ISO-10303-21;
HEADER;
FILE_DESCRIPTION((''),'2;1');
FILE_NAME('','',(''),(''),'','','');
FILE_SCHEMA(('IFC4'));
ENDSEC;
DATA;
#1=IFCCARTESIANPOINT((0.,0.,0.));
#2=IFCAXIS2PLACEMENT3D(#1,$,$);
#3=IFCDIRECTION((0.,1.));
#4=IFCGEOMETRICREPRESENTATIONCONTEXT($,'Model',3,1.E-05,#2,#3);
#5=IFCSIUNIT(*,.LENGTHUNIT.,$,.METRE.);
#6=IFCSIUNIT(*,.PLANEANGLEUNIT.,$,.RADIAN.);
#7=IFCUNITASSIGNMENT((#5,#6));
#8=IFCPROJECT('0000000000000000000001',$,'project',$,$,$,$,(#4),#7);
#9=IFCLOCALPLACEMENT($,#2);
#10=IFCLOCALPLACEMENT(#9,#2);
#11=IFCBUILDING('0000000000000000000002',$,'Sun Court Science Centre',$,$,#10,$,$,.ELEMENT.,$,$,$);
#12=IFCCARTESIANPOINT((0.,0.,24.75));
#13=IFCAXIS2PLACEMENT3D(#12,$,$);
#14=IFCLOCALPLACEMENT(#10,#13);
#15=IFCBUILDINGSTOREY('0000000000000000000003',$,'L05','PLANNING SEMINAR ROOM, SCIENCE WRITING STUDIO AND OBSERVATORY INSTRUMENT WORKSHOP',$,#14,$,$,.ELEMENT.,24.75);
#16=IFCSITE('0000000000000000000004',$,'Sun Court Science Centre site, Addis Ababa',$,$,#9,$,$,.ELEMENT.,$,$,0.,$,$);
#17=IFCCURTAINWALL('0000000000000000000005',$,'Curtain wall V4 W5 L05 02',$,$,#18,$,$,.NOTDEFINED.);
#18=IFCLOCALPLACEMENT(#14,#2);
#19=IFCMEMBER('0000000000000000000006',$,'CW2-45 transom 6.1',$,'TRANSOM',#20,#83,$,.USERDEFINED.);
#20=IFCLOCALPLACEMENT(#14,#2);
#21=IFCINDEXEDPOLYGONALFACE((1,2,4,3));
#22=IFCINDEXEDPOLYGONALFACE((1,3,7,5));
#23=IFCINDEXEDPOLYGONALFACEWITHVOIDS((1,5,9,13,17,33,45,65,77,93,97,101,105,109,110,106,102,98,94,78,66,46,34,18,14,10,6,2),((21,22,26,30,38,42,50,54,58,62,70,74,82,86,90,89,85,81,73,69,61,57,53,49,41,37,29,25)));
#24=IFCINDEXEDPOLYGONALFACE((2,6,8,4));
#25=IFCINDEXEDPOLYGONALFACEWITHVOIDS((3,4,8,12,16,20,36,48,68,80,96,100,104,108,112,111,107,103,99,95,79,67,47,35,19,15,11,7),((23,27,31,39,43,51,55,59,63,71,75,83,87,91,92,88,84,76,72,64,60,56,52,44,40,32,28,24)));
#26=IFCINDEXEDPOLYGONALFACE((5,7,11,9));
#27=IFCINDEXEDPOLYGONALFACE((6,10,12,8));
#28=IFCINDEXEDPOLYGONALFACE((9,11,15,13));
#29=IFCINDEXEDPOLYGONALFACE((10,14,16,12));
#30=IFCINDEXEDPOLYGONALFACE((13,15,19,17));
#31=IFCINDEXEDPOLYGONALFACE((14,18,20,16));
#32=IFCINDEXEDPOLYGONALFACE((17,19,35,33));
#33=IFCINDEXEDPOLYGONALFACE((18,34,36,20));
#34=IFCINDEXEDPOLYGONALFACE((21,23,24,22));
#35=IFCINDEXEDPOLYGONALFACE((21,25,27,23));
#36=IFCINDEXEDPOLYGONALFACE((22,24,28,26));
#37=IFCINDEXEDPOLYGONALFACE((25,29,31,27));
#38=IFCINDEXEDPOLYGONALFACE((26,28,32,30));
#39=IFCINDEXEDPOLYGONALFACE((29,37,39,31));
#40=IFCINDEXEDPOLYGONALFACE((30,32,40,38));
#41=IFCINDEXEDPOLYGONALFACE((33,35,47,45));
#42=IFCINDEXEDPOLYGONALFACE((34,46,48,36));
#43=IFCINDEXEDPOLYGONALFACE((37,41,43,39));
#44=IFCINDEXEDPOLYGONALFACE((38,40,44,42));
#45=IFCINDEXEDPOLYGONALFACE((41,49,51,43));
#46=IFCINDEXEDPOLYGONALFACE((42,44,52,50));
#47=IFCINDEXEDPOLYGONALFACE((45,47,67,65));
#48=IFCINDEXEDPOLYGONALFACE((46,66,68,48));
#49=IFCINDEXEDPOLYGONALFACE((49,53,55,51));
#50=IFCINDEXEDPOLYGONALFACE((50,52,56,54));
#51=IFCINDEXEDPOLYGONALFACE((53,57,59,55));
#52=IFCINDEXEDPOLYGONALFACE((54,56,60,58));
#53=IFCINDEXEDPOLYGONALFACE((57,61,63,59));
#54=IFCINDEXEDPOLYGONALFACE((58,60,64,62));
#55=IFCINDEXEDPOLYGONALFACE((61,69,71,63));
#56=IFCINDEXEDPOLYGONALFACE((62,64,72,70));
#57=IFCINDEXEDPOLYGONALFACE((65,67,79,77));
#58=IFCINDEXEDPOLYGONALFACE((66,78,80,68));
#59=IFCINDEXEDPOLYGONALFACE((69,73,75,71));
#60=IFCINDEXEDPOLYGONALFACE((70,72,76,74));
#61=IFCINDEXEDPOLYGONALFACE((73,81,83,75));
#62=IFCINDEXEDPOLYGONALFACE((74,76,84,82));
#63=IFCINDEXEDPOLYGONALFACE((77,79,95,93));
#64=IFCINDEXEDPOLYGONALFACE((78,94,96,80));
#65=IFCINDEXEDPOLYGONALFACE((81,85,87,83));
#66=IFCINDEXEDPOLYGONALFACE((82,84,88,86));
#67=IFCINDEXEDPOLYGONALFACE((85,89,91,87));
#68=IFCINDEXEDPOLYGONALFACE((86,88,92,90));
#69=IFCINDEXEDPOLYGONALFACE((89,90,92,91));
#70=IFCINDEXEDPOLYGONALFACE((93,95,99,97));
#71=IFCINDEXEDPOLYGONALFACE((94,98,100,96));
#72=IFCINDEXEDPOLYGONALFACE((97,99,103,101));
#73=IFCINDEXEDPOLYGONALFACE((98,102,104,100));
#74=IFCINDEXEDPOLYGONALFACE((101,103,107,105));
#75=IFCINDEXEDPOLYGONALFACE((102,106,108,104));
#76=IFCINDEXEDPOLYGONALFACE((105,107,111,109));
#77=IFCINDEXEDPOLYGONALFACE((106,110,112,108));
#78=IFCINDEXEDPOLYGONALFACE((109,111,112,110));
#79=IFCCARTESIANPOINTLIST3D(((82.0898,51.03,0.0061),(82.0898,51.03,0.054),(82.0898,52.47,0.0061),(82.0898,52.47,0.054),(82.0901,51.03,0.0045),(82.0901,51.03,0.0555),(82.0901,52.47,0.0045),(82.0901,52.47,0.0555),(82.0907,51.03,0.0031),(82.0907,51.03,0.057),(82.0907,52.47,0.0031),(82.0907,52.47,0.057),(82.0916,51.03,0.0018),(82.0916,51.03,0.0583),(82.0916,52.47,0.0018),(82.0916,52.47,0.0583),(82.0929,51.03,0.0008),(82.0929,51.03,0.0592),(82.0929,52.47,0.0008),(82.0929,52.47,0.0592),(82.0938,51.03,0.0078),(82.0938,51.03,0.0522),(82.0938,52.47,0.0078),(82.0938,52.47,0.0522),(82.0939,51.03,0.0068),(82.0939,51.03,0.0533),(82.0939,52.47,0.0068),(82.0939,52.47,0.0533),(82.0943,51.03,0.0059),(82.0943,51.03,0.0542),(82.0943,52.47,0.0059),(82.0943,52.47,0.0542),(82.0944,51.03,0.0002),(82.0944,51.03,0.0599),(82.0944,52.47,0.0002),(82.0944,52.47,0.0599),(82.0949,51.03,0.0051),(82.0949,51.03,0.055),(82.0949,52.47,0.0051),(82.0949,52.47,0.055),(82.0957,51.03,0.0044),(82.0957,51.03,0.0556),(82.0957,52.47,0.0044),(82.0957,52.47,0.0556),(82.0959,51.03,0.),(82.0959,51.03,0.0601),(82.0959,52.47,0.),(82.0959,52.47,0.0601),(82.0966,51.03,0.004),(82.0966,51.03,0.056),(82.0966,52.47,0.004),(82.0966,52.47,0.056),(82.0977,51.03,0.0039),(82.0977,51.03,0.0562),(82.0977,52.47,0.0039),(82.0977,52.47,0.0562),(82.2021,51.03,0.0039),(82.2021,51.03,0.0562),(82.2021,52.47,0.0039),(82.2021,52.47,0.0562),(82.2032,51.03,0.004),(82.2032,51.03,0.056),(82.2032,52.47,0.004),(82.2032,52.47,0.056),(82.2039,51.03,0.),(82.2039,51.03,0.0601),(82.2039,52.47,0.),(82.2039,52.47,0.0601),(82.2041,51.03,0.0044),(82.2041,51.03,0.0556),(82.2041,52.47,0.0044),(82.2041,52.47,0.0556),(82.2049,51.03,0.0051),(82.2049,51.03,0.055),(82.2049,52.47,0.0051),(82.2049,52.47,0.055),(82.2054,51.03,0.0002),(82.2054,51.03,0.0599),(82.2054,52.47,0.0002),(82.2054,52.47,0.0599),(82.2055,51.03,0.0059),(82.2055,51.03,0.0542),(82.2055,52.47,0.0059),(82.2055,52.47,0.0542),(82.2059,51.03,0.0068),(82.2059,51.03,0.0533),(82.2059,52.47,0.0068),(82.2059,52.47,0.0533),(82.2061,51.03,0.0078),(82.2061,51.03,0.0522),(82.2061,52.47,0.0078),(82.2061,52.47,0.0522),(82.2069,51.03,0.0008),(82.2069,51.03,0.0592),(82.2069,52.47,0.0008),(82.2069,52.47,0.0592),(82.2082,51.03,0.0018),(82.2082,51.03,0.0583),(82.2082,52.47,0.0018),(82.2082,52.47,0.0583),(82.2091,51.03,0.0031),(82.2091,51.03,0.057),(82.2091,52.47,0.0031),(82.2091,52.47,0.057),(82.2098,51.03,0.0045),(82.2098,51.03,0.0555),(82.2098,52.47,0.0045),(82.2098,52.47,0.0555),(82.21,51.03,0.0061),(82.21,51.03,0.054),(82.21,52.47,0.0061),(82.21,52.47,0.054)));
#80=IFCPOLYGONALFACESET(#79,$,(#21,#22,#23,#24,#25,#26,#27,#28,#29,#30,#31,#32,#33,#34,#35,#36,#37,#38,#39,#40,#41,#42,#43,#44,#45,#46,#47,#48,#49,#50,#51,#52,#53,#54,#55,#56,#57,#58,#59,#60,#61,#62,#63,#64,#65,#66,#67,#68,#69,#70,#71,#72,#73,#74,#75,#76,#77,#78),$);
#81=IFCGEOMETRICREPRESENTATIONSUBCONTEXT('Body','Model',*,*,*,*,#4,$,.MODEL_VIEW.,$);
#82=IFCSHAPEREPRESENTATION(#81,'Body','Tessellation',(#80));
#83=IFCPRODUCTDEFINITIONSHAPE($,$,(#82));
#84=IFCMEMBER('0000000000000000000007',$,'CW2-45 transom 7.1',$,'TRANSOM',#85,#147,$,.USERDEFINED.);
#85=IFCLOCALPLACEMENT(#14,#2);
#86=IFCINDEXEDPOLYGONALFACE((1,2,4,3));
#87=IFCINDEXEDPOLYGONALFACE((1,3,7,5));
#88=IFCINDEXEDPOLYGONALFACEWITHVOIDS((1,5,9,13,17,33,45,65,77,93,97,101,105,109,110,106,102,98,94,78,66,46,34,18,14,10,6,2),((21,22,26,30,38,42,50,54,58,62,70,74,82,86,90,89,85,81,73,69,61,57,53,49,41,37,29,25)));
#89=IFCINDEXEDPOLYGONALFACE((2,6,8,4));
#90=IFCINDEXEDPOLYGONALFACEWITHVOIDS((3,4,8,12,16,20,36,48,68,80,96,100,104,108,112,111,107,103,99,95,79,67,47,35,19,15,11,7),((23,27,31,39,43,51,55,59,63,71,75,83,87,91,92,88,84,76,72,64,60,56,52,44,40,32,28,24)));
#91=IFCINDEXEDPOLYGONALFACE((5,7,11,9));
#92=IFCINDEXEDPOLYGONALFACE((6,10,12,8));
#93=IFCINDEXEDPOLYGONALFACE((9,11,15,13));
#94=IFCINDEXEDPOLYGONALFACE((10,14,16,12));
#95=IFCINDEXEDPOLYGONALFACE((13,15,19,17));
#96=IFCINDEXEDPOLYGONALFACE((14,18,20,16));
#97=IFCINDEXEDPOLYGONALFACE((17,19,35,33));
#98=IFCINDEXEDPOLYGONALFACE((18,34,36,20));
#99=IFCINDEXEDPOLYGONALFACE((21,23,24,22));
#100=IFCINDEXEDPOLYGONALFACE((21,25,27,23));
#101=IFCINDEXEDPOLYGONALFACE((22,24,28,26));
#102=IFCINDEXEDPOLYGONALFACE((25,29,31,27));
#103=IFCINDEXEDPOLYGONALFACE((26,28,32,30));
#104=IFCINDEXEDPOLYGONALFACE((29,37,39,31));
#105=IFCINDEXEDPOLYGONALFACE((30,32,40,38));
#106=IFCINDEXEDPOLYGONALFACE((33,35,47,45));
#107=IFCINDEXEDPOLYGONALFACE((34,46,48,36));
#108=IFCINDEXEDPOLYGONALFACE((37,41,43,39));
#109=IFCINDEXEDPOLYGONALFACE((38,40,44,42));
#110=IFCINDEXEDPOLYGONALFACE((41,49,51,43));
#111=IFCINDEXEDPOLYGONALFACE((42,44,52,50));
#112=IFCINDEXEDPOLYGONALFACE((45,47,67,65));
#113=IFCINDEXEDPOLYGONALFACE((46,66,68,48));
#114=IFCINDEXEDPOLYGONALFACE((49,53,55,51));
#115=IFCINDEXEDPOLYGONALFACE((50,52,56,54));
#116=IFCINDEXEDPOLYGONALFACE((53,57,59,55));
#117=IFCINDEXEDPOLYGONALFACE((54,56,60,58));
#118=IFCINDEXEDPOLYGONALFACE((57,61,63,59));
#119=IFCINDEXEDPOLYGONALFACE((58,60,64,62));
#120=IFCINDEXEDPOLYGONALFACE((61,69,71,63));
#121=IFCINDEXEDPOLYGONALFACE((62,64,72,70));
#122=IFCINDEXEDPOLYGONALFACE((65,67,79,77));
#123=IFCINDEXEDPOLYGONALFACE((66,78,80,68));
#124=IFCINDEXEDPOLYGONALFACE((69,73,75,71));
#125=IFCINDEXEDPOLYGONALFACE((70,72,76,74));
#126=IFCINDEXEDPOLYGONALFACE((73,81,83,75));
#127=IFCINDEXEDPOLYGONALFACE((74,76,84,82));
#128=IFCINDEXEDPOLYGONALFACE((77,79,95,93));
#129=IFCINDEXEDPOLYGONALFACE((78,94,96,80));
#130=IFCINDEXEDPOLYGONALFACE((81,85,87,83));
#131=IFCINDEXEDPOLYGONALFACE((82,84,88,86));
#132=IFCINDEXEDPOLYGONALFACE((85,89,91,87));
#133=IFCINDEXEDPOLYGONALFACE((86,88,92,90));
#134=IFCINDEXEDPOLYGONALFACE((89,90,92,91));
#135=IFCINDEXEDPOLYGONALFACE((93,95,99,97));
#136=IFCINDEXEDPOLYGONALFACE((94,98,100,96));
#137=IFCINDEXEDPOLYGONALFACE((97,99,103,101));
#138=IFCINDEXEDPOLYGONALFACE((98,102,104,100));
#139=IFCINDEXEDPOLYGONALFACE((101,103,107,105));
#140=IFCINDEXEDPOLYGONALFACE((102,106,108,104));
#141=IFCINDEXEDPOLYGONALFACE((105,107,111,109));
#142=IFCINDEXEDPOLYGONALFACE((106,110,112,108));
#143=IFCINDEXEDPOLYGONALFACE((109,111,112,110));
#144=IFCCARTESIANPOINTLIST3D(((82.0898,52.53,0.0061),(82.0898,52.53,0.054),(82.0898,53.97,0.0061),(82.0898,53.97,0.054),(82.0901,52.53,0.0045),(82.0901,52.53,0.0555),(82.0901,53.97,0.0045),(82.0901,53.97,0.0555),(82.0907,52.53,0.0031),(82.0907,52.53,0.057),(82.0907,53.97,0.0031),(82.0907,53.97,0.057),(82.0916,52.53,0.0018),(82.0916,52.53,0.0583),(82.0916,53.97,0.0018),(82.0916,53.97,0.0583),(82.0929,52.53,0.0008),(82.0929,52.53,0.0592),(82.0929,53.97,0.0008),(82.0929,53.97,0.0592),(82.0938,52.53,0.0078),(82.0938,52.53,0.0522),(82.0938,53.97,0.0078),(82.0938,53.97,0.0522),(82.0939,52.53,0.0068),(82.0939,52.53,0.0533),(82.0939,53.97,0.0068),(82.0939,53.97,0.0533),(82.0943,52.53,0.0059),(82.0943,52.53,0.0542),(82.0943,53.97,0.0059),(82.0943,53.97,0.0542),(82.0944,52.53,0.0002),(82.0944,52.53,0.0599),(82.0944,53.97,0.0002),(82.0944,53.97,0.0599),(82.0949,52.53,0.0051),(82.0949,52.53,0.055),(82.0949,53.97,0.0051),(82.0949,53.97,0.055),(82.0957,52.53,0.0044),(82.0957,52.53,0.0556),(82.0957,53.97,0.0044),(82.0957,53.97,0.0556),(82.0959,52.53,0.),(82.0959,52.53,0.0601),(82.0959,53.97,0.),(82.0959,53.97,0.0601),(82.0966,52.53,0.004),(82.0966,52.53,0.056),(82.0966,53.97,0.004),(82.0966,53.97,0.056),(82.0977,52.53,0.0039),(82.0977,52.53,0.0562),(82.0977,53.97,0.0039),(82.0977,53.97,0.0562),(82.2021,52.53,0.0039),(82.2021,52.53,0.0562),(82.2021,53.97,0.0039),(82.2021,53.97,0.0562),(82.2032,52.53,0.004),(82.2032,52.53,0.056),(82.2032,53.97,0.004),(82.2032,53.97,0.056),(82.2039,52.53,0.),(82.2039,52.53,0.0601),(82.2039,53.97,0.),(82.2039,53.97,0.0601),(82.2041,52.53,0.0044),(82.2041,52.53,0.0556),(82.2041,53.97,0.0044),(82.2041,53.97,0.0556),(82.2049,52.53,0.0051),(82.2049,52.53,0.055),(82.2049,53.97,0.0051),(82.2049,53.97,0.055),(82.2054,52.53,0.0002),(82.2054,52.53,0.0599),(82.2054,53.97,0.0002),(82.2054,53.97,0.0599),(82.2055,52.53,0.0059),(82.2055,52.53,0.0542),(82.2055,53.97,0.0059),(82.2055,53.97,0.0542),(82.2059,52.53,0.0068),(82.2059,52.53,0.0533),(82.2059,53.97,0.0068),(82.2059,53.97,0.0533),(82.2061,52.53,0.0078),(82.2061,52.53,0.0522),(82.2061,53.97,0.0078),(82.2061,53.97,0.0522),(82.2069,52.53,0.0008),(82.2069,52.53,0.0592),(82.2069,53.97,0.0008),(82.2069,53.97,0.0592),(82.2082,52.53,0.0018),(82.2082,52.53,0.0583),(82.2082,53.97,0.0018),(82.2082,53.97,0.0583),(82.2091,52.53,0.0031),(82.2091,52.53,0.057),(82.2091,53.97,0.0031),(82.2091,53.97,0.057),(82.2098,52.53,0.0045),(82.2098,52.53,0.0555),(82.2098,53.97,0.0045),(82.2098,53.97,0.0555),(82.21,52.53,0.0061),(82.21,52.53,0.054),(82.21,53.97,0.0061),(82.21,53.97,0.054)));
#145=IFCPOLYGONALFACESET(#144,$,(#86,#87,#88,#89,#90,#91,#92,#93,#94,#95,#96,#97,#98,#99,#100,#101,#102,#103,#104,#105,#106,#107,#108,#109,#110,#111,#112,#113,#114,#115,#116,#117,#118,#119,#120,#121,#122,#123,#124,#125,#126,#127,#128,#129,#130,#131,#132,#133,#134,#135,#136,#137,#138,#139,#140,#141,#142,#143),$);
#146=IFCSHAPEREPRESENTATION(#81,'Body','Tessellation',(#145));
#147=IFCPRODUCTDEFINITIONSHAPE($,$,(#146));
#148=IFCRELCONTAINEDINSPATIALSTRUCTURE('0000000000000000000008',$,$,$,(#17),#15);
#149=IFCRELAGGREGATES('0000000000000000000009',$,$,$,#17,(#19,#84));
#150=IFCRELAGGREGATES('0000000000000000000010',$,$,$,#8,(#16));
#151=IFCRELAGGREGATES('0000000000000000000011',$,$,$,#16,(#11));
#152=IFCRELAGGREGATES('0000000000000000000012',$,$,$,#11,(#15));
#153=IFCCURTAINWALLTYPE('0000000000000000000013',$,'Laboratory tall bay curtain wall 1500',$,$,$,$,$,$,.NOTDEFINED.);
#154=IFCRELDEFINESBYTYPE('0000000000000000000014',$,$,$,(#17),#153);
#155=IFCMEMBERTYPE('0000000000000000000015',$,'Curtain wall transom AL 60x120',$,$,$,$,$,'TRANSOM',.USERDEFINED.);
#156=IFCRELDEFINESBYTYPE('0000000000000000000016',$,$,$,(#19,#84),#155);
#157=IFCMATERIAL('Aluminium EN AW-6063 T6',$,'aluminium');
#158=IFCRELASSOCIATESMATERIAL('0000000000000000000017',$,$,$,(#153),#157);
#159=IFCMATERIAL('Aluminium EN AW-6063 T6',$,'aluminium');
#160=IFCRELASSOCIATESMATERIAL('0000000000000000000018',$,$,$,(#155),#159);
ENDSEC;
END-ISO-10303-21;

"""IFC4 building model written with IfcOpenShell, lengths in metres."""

from ifc_helpers import new_model, si_unit, direction, frame, origin, origin_2d, place, context, subcontext, project, spatial, hollow_rectangle, extrude, material, material_profile, profile_set, type_object, element, aggregate, save


model = new_model("IFC4")

# Units and contexts
model_context = context("Model", 3, precision=1e-05, world=origin(), true_north=direction((0.0, 1.0)))
body_context = subcontext(model_context, "Body", "Model", "MODEL_VIEW")
ifc_project = project(units=[si_unit("LENGTHUNIT", "METRE"), si_unit("PLANEANGLEUNIT", "RADIAN")], contexts=[model_context])

# Site, building, storey
site_placement = place(None, origin())
site = spatial("IfcSite", under=ifc_project, at=site_placement, Name="Sun Court Science Centre site, Addis Ababa", CompositionType="ELEMENT", RefElevation=0.0)
building_placement = place(site_placement, origin())
building = spatial("IfcBuilding", under=site, at=building_placement, Name="Sun Court Science Centre", CompositionType="ELEMENT")
storey_placement = place(building_placement, frame((0.0, 0.0, 24.75)))
storey = spatial("IfcBuildingStorey", under=building, at=storey_placement, Name="L05", Description="PLANNING SEMINAR ROOM, SCIENCE WRITING STUDIO AND OBSERVATORY INSTRUMENT WORKSHOP", CompositionType="ELEMENT", Elevation=24.75)

# Curtain wall, members
ifc_material_1 = material(Name="Aluminium EN AW-6063 T6", Category="aluminium")
curtain_wall_type = type_object("IfcCurtainWallType", Name="Laboratory tall bay curtain wall 1500", PredefinedType="NOTDEFINED", material=ifc_material_1)
curtain_wall_placement = place(storey_placement, origin())
curtain_wall = element("IfcCurtainWall", 1, at=curtain_wall_placement, inside=storey, type_object=curtain_wall_type, Name="Curtain wall V4 W5 L05 02", PredefinedType="NOTDEFINED")
ifc_material_2 = material(Name="Aluminium EN AW-6063 T6", Category="aluminium")
ifc_material_profile_1 = material_profile(ifc_material_2, hollow_rectangle(XDim=0.0601, YDim=0.1201, WallThickness=0.0039, InnerFilletRadius=0.0039, OuterFilletRadius=0.0061, at=origin_2d()), Name="AL 60x120x4")
ifc_profile_set_1 = profile_set([ifc_material_profile_1], Name="Aluminium EN AW-6063 T6")
member_type_1 = type_object("IfcMemberType", Name="Curtain wall transom AL 60x120", ElementType="TRANSOM", PredefinedType="USERDEFINED", material=ifc_profile_set_1)
member_1_placement = place(storey_placement, frame((82.1499, 51.03, 0.03), z_axis=(0.0, 1.0, 0.0), x_axis=(0.0, 0.0, 1.0)))
member_1 = element("IfcMember", 2, at=member_1_placement, type_object=member_type_1, Name="CW2-45 transom 6.1", ObjectType="TRANSOM", PredefinedType="USERDEFINED", context=body_context, shape_type="SweptSolid", body=[
    extrude(hollow_rectangle(XDim=0.0601, YDim=0.1201, WallThickness=0.0039, InnerFilletRadius=0.0039, OuterFilletRadius=0.0061, at=origin_2d()), origin(), (0.0, 0.0, 1.0), 1.4399),
])
member_2_placement = place(storey_placement, frame((82.1499, 52.53, 0.03), z_axis=(0.0, 1.0, 0.0), x_axis=(0.0, 0.0, 1.0)))
member_2 = element("IfcMember", 3, at=member_2_placement, type_object=member_type_1, Name="CW2-45 transom 7.1", ObjectType="TRANSOM", PredefinedType="USERDEFINED", context=body_context, shape_type="SweptSolid", body=[
    extrude(hollow_rectangle(XDim=0.0601, YDim=0.1201, WallThickness=0.0039, InnerFilletRadius=0.0039, OuterFilletRadius=0.0061, at=origin_2d()), origin(), (0.0, 0.0, 1.0), 1.4399),
])

aggregate(curtain_wall, [member_1, member_2])

save(model, "model.ifc")
